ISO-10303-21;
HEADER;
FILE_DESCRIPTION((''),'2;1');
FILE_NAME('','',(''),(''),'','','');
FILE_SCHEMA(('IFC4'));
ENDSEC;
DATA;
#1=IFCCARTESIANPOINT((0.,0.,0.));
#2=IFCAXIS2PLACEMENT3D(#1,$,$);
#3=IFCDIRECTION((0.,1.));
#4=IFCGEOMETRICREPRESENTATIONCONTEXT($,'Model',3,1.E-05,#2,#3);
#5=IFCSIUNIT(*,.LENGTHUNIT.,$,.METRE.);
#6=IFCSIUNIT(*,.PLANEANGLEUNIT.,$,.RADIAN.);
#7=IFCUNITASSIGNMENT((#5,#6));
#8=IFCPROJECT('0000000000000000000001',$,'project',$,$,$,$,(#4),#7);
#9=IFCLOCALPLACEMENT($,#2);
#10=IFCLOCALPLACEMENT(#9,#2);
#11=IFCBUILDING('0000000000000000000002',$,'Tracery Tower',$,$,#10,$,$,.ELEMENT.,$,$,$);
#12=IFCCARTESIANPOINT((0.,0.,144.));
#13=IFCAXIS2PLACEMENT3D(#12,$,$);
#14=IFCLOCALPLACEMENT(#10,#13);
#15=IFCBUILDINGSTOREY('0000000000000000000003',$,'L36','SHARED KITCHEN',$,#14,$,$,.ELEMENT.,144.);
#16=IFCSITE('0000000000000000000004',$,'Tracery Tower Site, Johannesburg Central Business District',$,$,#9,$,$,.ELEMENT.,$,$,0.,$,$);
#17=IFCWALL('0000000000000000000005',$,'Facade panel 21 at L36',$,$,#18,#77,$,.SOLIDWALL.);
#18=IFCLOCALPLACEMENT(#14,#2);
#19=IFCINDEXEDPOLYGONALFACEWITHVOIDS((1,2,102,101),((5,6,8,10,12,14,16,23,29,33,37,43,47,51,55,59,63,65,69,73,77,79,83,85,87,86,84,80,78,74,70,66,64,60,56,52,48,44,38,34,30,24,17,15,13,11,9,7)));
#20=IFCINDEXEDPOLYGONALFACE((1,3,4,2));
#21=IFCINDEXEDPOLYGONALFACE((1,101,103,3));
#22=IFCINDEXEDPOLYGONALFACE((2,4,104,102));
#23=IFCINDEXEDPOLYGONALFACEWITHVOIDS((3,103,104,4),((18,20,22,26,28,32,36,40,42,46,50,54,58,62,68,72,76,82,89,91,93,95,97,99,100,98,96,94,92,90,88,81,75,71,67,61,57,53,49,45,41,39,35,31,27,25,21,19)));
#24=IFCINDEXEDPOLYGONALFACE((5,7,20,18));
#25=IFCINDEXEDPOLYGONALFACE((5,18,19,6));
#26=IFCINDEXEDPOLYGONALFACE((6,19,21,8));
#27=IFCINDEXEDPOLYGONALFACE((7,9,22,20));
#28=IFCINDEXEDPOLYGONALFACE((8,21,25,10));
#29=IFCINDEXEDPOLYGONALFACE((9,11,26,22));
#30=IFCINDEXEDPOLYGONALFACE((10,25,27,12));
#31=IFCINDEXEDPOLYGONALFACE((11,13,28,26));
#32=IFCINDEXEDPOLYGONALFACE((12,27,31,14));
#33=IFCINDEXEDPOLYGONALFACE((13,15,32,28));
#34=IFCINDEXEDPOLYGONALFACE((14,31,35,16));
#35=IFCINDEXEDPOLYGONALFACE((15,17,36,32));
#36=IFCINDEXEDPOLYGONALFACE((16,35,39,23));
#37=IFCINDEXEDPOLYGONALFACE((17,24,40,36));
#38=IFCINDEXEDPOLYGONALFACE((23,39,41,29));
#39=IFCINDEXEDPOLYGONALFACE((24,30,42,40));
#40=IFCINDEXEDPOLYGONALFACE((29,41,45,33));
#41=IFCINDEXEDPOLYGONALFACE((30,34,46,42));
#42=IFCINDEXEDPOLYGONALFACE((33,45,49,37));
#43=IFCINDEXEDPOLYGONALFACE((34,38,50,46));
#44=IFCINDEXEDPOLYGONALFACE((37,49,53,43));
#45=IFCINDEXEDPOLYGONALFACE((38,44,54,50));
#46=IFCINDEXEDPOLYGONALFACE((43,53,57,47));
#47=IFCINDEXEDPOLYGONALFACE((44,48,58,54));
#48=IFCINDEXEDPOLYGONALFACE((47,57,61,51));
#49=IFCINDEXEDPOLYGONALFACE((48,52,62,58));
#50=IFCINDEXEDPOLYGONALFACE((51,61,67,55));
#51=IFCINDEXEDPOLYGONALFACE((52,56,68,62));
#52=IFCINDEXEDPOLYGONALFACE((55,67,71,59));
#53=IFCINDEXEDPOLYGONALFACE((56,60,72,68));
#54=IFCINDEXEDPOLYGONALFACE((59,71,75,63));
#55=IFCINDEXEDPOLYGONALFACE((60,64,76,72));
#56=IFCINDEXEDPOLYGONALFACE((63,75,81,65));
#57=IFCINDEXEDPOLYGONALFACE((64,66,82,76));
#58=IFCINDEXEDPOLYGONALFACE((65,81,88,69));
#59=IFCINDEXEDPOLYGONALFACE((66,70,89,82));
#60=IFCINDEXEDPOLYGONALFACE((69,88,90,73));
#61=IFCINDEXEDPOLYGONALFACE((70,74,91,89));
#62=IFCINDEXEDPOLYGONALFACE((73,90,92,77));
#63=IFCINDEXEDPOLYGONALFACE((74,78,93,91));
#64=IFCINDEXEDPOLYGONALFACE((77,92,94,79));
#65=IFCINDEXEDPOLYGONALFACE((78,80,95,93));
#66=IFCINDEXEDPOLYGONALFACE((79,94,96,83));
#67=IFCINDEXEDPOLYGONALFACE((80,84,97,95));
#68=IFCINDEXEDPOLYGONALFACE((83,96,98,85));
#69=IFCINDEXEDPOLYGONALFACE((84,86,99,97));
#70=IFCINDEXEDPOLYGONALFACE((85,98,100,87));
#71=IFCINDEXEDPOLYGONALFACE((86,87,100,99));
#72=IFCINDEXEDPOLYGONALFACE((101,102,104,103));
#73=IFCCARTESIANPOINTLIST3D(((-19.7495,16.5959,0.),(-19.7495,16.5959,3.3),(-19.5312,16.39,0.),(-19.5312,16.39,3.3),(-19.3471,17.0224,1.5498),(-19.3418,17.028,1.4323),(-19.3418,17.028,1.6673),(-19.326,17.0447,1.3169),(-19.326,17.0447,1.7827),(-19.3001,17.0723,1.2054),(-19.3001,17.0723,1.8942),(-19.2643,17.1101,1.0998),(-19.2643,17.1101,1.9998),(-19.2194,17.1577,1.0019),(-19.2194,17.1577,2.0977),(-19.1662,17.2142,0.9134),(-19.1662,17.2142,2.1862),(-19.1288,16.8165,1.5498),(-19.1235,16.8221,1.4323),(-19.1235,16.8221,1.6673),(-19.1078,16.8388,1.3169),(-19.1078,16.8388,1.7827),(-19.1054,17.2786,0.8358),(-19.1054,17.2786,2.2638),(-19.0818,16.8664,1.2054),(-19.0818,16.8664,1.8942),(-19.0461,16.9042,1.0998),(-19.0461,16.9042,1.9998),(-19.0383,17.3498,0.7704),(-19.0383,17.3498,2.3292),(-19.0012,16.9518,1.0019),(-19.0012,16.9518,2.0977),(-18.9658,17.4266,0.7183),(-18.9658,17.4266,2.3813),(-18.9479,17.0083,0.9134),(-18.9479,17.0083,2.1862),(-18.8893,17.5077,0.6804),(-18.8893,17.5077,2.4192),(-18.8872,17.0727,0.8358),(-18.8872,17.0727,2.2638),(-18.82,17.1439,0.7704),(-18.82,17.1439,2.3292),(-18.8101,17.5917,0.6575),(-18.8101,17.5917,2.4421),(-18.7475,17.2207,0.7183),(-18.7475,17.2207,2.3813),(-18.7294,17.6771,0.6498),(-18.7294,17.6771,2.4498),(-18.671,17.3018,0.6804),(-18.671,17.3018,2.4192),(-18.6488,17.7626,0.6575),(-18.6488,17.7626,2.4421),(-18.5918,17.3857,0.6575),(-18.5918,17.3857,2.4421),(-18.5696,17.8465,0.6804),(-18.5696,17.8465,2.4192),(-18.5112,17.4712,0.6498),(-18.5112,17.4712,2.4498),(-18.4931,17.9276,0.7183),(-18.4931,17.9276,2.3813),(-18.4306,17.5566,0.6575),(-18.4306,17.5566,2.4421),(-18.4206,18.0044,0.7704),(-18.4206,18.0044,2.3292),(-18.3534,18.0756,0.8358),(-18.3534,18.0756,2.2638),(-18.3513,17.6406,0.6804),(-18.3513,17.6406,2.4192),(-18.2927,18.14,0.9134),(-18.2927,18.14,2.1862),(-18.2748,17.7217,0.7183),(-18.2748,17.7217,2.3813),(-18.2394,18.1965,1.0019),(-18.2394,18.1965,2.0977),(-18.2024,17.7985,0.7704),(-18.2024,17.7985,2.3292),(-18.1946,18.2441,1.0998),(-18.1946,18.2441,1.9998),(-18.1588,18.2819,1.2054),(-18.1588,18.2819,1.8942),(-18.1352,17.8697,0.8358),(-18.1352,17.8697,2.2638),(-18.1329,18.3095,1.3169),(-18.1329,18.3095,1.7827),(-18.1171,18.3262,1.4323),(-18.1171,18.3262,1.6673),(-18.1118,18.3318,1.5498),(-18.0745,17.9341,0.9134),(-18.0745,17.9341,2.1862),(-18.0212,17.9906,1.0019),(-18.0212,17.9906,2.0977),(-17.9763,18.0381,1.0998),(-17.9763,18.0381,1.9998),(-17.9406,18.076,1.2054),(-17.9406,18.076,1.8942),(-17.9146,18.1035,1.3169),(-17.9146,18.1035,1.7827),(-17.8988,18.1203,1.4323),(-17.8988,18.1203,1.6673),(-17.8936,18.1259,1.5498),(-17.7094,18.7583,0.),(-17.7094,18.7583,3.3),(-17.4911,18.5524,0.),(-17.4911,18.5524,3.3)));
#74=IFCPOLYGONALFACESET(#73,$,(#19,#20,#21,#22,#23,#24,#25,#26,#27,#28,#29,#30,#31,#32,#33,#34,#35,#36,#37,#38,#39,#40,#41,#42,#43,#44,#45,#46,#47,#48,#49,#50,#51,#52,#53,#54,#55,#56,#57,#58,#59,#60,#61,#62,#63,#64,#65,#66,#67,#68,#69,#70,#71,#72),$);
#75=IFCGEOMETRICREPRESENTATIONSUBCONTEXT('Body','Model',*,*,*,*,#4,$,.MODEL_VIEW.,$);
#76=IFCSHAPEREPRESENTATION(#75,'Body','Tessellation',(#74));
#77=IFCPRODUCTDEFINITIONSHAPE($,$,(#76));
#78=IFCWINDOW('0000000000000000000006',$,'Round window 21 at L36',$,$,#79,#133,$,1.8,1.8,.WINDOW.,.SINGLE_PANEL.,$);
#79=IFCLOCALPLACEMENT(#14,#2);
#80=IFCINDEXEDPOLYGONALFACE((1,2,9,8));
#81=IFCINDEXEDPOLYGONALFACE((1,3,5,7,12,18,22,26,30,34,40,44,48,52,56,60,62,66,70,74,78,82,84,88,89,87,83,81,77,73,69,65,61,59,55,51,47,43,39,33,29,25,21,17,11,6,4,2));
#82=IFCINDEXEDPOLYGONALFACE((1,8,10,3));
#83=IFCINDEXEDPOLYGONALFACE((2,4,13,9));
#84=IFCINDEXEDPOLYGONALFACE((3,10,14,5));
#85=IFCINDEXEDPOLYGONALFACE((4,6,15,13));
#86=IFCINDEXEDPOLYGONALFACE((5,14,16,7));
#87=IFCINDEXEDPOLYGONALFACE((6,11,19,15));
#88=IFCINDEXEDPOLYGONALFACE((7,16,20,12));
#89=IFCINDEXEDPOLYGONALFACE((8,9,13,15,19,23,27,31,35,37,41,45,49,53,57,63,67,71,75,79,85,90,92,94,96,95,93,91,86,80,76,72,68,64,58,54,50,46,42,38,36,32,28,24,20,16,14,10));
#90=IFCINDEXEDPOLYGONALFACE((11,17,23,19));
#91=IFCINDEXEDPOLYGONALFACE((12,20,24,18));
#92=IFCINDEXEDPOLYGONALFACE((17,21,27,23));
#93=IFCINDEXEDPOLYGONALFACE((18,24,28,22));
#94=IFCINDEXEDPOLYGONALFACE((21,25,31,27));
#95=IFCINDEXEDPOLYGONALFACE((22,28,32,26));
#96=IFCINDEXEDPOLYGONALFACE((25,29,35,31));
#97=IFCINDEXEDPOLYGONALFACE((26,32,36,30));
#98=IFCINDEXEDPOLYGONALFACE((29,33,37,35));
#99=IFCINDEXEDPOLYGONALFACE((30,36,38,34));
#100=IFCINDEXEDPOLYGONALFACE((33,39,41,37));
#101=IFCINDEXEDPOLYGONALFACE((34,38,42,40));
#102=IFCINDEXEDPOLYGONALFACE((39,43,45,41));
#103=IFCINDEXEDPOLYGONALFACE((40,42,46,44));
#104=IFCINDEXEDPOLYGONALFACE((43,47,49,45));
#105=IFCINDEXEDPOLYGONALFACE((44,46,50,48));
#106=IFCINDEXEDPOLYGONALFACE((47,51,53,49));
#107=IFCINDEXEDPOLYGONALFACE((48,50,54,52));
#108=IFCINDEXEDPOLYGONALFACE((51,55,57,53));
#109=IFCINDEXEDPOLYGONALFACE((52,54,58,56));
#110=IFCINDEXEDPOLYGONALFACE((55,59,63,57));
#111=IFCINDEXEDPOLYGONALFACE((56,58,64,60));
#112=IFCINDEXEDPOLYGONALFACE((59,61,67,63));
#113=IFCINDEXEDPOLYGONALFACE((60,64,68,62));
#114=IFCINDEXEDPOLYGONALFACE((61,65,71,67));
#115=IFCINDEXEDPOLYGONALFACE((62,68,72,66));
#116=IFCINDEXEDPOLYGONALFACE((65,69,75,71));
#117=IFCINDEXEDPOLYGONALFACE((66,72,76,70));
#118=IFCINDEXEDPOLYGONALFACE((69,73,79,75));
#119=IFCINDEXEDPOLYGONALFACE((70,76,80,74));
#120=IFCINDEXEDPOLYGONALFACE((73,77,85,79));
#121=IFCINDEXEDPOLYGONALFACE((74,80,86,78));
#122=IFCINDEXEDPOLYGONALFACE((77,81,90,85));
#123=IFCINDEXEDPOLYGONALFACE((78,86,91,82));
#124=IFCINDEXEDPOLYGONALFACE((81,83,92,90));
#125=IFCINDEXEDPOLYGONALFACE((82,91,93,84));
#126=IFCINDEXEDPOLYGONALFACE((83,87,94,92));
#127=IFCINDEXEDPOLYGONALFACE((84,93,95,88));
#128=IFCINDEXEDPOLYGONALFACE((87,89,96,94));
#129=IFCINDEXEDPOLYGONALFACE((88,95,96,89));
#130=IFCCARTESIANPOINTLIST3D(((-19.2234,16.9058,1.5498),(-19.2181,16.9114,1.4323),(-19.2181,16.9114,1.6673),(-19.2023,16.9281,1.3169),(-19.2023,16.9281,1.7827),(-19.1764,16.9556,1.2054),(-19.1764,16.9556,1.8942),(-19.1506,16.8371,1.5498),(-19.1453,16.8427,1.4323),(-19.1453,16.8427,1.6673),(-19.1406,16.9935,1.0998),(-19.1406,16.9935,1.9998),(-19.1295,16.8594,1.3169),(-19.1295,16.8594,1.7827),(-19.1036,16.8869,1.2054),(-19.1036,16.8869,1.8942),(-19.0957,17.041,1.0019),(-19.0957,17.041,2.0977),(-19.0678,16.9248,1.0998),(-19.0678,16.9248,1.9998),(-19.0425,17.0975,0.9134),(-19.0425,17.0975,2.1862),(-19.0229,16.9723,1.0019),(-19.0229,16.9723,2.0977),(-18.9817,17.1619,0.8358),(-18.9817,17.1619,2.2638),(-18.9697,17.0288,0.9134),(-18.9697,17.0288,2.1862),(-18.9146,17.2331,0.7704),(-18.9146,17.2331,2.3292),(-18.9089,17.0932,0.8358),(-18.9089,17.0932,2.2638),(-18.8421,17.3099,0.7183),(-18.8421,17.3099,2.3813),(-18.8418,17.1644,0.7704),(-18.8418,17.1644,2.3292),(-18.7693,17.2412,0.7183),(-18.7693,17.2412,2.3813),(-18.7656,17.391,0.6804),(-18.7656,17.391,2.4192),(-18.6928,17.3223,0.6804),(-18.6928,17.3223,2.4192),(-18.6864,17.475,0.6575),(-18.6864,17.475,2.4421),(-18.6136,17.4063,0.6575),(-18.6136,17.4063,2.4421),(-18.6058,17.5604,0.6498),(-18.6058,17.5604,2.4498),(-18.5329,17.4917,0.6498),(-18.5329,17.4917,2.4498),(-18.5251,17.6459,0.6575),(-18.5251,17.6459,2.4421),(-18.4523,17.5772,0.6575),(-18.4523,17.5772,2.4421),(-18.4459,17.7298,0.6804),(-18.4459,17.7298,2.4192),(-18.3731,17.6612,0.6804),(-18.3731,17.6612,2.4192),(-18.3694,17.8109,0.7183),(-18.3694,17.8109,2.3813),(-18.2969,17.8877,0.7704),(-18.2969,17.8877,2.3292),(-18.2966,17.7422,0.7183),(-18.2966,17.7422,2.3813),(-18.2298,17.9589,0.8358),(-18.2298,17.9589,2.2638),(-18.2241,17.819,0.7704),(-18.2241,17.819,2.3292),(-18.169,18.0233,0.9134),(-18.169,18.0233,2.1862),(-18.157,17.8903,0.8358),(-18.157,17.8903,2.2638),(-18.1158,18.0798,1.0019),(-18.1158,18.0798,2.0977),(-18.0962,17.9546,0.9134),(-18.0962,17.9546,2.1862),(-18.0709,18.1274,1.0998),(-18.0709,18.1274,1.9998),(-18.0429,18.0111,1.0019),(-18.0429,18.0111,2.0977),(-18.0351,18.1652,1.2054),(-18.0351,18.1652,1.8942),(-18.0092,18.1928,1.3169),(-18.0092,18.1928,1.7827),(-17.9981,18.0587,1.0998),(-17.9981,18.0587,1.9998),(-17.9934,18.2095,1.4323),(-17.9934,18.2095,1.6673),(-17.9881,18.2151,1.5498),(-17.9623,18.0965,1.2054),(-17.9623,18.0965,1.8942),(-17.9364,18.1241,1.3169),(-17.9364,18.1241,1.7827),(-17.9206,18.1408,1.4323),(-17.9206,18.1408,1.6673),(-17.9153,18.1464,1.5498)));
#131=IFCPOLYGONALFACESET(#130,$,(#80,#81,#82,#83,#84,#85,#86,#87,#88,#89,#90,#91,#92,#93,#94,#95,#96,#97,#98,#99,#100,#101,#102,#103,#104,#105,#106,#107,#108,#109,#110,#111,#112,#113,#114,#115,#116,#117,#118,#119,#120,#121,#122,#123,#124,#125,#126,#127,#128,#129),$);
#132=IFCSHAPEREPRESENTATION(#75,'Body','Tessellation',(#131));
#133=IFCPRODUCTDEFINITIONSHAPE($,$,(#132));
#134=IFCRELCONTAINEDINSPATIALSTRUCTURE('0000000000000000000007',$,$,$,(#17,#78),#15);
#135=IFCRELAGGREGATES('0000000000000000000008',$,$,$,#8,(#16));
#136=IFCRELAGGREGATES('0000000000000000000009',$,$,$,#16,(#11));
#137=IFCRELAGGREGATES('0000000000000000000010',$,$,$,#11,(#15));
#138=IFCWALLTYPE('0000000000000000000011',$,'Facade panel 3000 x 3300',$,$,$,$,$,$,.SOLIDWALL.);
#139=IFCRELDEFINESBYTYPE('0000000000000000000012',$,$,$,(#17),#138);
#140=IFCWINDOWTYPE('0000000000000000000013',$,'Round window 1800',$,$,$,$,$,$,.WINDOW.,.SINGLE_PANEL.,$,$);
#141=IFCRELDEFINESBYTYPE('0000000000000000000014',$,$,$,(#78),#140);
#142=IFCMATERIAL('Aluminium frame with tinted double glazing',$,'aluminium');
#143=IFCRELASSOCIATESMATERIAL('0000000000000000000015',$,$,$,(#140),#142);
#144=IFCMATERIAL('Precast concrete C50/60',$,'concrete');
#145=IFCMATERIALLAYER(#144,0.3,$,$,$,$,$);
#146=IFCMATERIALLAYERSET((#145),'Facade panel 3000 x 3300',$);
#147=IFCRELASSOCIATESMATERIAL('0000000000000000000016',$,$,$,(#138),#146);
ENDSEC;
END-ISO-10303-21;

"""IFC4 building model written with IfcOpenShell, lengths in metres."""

from ifc_helpers import new_model, si_unit, direction, frame, frame_2d, origin, origin_2d, place, context, subcontext, project, spatial, rectangle, circle, extrude, material, layer, layer_set, type_object, element, fill, save


model = new_model("IFC4")

# Units and contexts
model_context = context("Model", 3, precision=1e-05, world=origin(), true_north=direction((0.0, 1.0)))
body_context = subcontext(model_context, "Body", "Model", "MODEL_VIEW")
ifc_project = project(units=[si_unit("LENGTHUNIT", "METRE"), si_unit("PLANEANGLEUNIT", "RADIAN")], contexts=[model_context])

# Site, building, storey
site_placement = place(None, origin())
site = spatial("IfcSite", under=ifc_project, at=site_placement, Name="Tracery Tower Site, Johannesburg Central Business District", CompositionType="ELEMENT", RefElevation=0.0)
building_placement = place(site_placement, origin())
building = spatial("IfcBuilding", under=site, at=building_placement, Name="Tracery Tower", CompositionType="ELEMENT")
storey_placement = place(building_placement, frame((0.0, 0.0, 144.0)))
storey = spatial("IfcBuildingStorey", under=building, at=storey_placement, Name="L36", Description="SHARED KITCHEN", CompositionType="ELEMENT", Elevation=144.0)

# Wall, opening, window
ifc_material_1 = material(Name="Aluminium frame with tinted double glazing", Category="aluminium")
window_type = type_object("IfcWindowType", Name="Round window 1800", PartitioningType="SINGLE_PANEL", PredefinedType="WINDOW", material=ifc_material_1)
ifc_material_2 = material(Name="Precast concrete C50/60", Category="concrete")
ifc_layer_1 = layer(ifc_material_2, 0.3)
ifc_layer_set_1 = layer_set([ifc_layer_1], Name="Facade panel 3000 x 3300")
wall_type_1 = type_object("IfcWallType", Name="Facade panel 3000 x 3300", PredefinedType="SOLIDWALL", material=ifc_layer_set_1)
wall_1_placement = place(storey_placement, frame((-17.6003, 18.6553, 0.0), z_axis=(0.0, 0.0, 1.0), x_axis=(-0.686235, -0.72738, 0.0)))
wall_1 = element("IfcWall", 1, at=wall_1_placement, inside=storey, type_object=wall_type_1, Name="Facade panel 21 at L36", PredefinedType="SOLIDWALL", context=body_context, shape_type="SweptSolid", body=[
    extrude(rectangle(XDim=2.9729, YDim=0.3, at=frame_2d((1.4863, 0.0))), origin(), (0.0, 0.0, 1.0), 3.3),
])
opening_1_placement = place(wall_1_placement, frame((1.4863, 0.0, 1.5498)))
opening_1 = element("IfcOpeningElement", 2, at=opening_1_placement, cuts=wall_1, PredefinedType="OPENING", context=body_context, shape_type="SweptSolid", body=[
    extrude(circle(Radius=0.9, at=origin_2d()), frame((0.0, 0.1599, 0.0), z_axis=(0.0, -1.0, 0.0), x_axis=(1.0, 0.0, 0.0)), (0.0, 0.0, 1.0), 0.3201),
])
window_1_placement = place(opening_1_placement, origin())
window_1 = element("IfcWindow", 3, at=window_1_placement, inside=storey, type_object=window_type, Name="Round window 21 at L36", OverallHeight=1.8, OverallWidth=1.8, PartitioningType="SINGLE_PANEL", PredefinedType="WINDOW", context=body_context, shape_type="SweptSolid", body=[
    extrude(circle(Radius=0.9, at=origin_2d()), frame((0.0, 0.1201, 0.0), z_axis=(0.0, -1.0, 0.0), x_axis=(1.0, 0.0, 0.0)), (0.0, 0.0, 1.0), 0.1001),
])
fill(opening_1, window_1)

save(model, "model.ifc")
